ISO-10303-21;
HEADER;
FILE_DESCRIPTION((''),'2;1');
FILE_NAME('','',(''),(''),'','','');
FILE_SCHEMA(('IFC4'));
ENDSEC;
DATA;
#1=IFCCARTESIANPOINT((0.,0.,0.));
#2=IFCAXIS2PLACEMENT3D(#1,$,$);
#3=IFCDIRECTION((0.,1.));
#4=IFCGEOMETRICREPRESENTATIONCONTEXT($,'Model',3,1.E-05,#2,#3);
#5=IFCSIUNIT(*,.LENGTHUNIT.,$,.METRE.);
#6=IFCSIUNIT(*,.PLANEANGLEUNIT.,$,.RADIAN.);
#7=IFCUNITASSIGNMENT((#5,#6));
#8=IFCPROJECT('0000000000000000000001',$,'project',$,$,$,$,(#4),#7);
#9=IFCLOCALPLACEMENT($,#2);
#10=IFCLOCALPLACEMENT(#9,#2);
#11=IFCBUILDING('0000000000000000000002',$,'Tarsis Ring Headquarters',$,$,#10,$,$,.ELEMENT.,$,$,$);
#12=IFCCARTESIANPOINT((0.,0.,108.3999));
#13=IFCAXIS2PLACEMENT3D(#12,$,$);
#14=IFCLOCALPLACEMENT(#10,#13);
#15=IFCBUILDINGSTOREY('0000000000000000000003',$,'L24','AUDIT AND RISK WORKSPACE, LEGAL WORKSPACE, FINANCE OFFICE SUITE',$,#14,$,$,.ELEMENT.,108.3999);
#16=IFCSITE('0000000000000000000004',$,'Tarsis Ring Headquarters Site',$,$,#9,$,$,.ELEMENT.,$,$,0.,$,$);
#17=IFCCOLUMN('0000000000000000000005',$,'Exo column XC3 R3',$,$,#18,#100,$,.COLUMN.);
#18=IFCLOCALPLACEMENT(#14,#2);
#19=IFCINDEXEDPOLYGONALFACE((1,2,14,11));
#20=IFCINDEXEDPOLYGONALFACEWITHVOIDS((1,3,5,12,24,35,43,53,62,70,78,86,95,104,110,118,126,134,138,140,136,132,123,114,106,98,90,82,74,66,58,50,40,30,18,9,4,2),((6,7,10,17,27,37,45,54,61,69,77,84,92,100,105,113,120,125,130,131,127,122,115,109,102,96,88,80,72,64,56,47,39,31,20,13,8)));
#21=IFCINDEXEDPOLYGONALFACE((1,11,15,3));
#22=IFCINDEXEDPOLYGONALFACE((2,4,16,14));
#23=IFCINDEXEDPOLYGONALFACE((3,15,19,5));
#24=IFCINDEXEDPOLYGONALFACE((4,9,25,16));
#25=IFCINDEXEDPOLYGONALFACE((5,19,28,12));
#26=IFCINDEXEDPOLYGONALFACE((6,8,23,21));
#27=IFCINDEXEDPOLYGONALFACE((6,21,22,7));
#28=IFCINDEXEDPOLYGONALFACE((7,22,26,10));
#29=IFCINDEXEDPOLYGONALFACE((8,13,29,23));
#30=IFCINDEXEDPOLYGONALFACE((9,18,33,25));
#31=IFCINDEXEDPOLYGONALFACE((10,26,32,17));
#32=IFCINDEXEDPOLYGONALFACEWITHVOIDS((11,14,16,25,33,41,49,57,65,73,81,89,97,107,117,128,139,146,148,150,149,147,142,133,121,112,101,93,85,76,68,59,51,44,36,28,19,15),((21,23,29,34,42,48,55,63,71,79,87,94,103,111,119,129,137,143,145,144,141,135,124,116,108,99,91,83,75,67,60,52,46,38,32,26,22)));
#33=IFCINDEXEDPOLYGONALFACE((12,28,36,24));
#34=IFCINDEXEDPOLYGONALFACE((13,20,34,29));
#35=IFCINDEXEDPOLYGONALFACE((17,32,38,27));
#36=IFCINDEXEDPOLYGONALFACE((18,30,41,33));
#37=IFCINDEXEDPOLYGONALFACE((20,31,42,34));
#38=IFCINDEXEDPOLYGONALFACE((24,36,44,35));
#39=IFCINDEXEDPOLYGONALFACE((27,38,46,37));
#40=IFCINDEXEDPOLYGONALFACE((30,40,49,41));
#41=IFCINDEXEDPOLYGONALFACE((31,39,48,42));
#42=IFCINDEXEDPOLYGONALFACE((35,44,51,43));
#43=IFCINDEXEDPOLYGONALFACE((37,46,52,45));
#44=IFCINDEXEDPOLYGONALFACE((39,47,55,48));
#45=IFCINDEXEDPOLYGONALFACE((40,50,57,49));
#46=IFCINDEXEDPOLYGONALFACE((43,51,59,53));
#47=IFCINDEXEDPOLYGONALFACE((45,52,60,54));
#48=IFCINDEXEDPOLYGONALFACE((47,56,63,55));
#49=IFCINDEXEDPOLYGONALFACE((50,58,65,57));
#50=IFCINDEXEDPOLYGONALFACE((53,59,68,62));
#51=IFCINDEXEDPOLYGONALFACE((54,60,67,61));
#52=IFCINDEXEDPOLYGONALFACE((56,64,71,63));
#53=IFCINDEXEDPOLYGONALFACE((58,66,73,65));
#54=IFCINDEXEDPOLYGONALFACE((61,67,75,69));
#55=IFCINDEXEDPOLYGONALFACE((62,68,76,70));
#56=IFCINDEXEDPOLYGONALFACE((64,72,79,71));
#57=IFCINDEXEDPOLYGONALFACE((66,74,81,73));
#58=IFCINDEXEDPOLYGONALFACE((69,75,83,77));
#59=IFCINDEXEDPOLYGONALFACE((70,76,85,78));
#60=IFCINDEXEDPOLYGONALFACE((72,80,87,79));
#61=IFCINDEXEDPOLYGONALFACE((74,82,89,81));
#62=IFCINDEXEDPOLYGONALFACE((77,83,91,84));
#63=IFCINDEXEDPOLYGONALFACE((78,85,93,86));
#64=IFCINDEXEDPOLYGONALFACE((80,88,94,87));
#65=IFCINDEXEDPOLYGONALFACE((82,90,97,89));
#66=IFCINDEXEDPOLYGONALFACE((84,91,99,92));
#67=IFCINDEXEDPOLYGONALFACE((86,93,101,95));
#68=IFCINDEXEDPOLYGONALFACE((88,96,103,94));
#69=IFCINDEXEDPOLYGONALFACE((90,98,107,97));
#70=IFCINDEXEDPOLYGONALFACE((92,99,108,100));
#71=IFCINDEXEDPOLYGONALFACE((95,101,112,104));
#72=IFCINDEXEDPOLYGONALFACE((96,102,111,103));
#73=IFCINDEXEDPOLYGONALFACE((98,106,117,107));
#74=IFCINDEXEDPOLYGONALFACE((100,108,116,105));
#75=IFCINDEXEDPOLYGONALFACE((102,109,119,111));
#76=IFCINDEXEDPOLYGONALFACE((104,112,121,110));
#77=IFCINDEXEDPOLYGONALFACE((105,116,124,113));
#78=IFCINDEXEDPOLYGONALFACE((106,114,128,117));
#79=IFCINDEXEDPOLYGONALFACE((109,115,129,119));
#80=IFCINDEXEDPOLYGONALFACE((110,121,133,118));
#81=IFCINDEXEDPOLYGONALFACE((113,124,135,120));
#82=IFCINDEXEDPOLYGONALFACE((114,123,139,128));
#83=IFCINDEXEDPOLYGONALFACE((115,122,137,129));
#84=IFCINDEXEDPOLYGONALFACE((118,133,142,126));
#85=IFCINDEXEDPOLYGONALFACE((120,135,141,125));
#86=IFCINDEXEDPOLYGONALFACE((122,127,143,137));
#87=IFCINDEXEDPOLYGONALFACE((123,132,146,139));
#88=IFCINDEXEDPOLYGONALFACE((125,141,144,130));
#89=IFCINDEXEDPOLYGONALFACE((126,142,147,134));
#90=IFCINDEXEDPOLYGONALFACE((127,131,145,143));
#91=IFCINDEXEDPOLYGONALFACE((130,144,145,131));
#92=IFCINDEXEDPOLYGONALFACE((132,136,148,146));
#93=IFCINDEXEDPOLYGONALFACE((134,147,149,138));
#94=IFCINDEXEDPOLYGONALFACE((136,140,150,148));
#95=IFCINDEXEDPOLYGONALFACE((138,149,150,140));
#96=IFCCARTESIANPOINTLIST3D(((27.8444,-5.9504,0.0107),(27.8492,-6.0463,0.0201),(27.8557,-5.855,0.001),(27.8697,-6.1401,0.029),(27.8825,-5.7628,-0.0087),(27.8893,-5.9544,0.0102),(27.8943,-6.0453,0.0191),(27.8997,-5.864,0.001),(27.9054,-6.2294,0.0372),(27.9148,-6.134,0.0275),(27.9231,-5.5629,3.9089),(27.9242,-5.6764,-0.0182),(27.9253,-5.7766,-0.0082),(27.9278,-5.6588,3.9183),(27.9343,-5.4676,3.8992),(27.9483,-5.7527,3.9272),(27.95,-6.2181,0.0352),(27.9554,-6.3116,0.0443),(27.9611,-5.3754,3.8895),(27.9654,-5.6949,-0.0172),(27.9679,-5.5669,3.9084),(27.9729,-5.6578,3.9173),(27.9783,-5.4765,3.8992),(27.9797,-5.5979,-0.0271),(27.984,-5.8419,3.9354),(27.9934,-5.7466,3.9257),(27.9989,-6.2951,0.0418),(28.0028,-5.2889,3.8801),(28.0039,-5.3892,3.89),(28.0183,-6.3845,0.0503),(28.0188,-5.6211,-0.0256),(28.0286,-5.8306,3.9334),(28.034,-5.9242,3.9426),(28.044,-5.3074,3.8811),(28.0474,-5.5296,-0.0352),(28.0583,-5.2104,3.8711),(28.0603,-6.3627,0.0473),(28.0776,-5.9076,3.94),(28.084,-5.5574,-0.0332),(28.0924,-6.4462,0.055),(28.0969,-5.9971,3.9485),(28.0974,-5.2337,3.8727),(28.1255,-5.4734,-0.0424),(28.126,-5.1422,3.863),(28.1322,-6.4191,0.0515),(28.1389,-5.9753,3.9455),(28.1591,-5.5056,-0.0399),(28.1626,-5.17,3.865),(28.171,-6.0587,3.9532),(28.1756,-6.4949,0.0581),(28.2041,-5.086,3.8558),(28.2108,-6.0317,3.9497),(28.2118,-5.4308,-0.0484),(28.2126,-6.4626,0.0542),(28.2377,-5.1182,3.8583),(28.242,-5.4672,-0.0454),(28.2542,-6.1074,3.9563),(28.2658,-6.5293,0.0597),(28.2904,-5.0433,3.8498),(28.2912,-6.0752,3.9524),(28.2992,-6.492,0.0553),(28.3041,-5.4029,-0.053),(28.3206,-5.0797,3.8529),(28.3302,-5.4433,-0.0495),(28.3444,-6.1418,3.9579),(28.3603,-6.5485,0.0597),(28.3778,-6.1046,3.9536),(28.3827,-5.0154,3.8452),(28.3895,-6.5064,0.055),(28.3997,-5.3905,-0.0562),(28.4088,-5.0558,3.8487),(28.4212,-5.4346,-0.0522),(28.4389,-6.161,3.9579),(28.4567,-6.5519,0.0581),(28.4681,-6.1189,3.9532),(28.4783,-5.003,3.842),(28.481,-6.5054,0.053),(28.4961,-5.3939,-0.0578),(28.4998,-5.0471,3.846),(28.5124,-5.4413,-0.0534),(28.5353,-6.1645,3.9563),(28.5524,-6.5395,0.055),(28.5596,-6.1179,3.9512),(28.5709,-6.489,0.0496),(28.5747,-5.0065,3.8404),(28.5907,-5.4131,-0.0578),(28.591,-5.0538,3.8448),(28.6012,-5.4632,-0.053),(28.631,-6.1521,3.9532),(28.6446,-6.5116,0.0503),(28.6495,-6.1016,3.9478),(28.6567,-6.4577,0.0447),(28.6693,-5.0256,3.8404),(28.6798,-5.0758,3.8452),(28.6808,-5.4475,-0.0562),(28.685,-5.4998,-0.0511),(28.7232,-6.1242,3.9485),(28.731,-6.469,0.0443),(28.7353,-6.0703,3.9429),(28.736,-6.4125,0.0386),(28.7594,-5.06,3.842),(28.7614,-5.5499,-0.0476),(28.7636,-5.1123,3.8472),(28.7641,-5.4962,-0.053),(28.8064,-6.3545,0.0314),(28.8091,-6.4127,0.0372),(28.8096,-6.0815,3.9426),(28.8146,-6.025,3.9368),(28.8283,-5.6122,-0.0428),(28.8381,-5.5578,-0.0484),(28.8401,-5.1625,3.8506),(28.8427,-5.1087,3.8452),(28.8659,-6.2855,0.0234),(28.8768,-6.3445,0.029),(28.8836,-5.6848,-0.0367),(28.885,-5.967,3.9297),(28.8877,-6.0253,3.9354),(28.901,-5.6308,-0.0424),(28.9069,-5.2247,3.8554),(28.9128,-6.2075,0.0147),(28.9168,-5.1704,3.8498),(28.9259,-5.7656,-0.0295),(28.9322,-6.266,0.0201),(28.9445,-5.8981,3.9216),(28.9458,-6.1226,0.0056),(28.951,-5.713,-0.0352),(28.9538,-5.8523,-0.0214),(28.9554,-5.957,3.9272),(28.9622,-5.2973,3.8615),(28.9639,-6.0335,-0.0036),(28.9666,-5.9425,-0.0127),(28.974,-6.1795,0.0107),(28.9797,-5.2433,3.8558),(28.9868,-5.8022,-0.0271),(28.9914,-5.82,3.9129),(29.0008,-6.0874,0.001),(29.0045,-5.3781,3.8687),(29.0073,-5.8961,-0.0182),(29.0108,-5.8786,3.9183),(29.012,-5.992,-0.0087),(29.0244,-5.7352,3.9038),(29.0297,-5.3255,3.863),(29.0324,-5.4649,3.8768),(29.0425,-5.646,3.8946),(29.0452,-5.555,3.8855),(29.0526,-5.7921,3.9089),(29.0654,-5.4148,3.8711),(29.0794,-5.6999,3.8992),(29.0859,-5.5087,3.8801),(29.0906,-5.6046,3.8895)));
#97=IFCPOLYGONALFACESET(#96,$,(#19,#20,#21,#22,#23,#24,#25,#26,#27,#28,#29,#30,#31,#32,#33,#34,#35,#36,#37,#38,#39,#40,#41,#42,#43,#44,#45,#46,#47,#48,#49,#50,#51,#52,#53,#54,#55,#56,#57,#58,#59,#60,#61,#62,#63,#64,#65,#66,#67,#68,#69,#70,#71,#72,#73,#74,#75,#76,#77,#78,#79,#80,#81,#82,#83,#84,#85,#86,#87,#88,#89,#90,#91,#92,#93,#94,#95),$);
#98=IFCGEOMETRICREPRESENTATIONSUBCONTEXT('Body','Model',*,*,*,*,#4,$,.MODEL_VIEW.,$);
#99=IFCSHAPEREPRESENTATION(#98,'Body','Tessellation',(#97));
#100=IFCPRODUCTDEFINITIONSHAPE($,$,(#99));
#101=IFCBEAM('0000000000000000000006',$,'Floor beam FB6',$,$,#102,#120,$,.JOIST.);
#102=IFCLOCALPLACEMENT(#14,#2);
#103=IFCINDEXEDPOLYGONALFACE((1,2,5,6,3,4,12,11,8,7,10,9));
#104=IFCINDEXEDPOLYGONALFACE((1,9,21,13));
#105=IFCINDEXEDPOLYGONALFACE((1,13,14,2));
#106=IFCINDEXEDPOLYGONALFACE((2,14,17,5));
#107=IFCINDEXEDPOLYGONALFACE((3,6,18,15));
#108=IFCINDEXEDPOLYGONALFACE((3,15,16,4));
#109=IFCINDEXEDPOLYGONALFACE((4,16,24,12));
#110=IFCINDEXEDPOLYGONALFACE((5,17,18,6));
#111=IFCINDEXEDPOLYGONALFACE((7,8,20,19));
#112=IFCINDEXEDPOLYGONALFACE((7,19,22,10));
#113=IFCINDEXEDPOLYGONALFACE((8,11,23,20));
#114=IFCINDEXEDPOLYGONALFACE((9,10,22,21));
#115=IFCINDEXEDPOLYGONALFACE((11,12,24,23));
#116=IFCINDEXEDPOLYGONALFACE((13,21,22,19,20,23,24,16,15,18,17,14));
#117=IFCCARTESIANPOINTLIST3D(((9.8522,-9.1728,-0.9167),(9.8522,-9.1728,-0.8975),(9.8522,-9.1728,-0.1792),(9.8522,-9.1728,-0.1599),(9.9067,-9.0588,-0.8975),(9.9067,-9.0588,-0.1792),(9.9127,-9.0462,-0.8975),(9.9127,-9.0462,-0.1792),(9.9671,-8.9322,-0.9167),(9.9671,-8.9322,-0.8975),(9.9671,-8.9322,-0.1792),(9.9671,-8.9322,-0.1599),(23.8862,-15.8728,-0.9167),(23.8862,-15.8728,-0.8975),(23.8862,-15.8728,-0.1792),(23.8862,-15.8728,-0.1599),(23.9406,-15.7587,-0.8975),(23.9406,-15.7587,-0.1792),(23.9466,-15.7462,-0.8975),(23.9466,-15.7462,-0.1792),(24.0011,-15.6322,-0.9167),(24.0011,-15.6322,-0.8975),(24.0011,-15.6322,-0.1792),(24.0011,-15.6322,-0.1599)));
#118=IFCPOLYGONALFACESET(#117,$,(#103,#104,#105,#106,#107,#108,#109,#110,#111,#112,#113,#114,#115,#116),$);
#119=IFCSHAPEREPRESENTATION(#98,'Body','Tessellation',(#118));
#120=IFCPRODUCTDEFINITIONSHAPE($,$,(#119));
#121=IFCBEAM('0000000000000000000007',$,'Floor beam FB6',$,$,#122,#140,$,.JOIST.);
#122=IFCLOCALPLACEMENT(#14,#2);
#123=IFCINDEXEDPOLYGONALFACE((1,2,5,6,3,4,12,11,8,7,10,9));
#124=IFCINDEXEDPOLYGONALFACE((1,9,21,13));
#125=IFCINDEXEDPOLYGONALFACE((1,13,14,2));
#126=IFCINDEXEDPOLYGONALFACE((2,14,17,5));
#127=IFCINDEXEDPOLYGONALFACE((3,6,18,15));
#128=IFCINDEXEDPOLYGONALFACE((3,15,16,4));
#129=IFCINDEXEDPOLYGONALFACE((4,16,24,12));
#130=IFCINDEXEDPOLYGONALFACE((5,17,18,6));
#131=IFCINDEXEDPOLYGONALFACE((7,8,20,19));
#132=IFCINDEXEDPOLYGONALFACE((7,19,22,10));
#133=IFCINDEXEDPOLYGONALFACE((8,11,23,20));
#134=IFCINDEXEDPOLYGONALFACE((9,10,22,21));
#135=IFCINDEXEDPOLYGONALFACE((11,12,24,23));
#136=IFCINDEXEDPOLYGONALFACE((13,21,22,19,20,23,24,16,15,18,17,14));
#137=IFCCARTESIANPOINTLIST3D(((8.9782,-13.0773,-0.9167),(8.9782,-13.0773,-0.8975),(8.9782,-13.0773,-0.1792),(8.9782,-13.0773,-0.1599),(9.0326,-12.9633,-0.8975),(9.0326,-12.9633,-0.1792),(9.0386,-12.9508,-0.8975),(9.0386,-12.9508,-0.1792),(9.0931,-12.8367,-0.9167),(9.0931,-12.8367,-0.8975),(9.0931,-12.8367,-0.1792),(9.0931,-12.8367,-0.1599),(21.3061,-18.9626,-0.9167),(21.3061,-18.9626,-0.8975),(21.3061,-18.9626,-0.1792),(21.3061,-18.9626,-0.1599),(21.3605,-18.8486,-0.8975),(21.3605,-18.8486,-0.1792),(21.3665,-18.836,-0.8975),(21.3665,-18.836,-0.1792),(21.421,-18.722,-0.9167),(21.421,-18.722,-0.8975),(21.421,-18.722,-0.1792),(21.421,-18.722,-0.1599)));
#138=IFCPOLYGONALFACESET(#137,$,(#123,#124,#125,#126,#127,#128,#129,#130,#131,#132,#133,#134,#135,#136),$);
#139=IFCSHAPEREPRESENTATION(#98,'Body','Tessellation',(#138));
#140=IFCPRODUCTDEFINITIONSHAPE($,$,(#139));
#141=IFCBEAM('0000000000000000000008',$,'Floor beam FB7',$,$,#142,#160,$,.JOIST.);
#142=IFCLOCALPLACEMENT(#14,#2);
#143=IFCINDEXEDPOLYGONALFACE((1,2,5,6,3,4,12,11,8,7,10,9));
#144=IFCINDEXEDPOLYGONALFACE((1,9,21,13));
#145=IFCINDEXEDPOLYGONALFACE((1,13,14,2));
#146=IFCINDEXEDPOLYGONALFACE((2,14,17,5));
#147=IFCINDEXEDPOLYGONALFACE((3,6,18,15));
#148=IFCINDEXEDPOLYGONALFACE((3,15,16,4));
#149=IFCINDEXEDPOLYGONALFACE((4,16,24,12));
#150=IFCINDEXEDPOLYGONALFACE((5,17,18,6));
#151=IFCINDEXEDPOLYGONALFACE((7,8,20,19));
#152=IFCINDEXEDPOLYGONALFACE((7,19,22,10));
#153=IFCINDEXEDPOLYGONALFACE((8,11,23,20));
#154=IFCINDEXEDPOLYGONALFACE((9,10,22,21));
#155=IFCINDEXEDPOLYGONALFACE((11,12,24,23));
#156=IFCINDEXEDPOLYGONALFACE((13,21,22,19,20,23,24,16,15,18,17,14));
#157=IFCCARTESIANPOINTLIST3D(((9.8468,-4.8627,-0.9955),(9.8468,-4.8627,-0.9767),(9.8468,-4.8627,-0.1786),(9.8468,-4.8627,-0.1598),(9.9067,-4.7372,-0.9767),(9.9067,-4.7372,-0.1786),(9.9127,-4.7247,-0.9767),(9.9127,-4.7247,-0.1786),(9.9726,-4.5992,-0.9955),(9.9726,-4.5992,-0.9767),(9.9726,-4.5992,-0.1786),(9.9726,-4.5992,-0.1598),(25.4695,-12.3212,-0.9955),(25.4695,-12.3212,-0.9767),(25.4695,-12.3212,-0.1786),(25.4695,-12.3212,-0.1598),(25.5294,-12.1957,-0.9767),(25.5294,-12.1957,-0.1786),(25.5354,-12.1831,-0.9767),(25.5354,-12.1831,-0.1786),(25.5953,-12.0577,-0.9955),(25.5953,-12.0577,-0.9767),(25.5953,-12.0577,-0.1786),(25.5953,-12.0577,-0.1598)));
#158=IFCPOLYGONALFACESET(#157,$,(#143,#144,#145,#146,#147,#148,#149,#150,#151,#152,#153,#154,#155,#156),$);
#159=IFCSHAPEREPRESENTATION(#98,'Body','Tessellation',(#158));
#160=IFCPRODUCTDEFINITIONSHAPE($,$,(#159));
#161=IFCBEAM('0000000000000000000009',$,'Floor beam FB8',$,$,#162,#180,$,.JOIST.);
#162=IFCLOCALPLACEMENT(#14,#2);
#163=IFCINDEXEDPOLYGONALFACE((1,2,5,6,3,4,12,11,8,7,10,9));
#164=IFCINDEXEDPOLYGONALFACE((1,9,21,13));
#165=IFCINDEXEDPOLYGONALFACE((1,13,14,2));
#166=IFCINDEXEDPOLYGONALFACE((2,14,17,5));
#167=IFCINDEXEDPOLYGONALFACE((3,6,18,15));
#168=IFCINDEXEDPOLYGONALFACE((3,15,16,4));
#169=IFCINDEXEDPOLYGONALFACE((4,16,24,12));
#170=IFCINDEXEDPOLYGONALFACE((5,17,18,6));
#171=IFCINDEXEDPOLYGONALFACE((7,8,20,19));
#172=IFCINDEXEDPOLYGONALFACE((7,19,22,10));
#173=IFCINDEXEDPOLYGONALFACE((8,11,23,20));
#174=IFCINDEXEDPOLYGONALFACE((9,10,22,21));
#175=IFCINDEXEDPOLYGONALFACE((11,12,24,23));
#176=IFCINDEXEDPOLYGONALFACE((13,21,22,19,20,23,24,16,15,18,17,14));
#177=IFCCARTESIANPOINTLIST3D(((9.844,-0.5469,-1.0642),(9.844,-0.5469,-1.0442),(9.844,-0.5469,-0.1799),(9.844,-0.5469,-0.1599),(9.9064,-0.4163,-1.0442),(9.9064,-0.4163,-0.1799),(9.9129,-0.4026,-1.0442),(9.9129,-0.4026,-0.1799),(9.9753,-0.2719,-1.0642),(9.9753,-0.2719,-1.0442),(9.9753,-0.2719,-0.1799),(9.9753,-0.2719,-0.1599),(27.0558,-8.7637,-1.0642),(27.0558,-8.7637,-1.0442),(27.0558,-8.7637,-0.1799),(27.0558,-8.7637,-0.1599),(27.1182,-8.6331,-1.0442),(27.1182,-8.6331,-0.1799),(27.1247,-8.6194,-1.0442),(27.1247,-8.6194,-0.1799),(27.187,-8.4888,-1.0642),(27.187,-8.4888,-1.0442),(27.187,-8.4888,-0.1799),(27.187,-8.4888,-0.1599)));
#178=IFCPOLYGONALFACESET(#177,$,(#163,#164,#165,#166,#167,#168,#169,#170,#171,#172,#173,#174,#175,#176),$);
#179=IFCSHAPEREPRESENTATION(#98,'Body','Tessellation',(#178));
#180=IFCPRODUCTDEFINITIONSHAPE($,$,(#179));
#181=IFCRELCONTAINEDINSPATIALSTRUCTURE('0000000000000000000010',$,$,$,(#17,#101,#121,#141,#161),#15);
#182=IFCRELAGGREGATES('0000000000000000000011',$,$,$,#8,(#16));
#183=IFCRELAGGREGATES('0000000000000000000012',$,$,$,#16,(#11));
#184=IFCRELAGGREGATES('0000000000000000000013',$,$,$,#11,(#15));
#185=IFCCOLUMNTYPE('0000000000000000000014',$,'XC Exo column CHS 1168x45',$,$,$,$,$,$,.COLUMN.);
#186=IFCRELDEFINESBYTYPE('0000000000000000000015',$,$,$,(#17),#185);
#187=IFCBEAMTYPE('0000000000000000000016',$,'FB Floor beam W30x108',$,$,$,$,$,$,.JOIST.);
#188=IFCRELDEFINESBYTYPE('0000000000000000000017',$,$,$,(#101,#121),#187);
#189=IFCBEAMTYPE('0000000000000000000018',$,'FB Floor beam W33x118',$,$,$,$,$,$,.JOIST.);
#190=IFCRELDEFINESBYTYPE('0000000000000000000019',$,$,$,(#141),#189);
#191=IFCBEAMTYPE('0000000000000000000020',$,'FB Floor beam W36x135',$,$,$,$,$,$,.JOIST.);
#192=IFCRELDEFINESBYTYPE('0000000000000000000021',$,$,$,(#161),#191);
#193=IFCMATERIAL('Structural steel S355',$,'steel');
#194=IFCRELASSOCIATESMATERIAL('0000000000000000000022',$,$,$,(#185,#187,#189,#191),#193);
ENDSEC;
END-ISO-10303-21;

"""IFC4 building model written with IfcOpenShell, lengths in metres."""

from ifc_helpers import new_model, si_unit, direction, frame, origin, origin_2d, place, context, subcontext, project, spatial, hollow_circle, i_section, extrude, material, material_profile, profile_set, type_object, element, save


model = new_model("IFC4")

# Units and contexts
model_context = context("Model", 3, precision=1e-05, world=origin(), true_north=direction((0.0, 1.0)))
body_context = subcontext(model_context, "Body", "Model", "MODEL_VIEW")
ifc_project = project(units=[si_unit("LENGTHUNIT", "METRE"), si_unit("PLANEANGLEUNIT", "RADIAN")], contexts=[model_context])

# Site, building, storey
site_placement = place(None, origin())
site = spatial("IfcSite", under=ifc_project, at=site_placement, Name="Tarsis Ring Headquarters Site", CompositionType="ELEMENT", RefElevation=0.0)
building_placement = place(site_placement, origin())
building = spatial("IfcBuilding", under=site, at=building_placement, Name="Tarsis Ring Headquarters", CompositionType="ELEMENT")
storey_placement = place(building_placement, frame((0.0, 0.0, 108.3999)))
storey = spatial("IfcBuildingStorey", under=building, at=storey_placement, Name="L24", Description="AUDIT AND RISK WORKSPACE, LEGAL WORKSPACE, FINANCE OFFICE SUITE", CompositionType="ELEMENT", Elevation=108.3999)

# Column
ifc_material_1 = material(Name="Structural steel S355", Category="steel")
ifc_material_profile_1 = material_profile(ifc_material_1, hollow_circle(Radius=0.5842, WallThickness=0.0449, at=origin_2d()), Name="CHS 1168x45")
ifc_profile_set_1 = profile_set([ifc_material_profile_1], Name="Structural steel S355")
column_type = type_object("IfcColumnType", Name="XC Exo column CHS 1168x45", PredefinedType="COLUMN", material=ifc_profile_set_1)
column_placement = place(storey_placement, frame((28.4282, -5.9712, 0.001), z_axis=(0.020064, 0.098885, 0.994897), x_axis=(-0.980031, 0.198847, 0.0)))
element("IfcColumn", 1, at=column_placement, inside=storey, type_object=column_type, Name="Exo column XC3 R3", PredefinedType="COLUMN", context=body_context, shape_type="SweptSolid", body=[
    extrude(hollow_circle(Radius=0.5842, WallThickness=0.0449, at=origin_2d()), origin(), (0.0, 0.0, 1.0), 3.9182),
])

# Beams
ifc_material_profile_2 = material_profile(ifc_material_1, i_section(OverallWidth=0.2666, OverallDepth=0.7568, WebThickness=0.0139, FlangeThickness=0.0193, at=origin_2d()), Name="W30x108")
ifc_profile_set_2 = profile_set([ifc_material_profile_2], Name="Structural steel S355")
beam_type_1 = type_object("IfcBeamType", Name="FB Floor beam W30x108", PredefinedType="JOIST", material=ifc_profile_set_2)
beam_1_placement = place(storey_placement, frame((9.9097, -9.0525, -0.5383), z_axis=(0.902433, -0.430831, 0.0), x_axis=(0.430831, 0.902433, 0.0)))
element("IfcBeam", 2, at=beam_1_placement, inside=storey, type_object=beam_type_1, Name="Floor beam FB6", PredefinedType="JOIST", context=body_context, shape_type="SweptSolid", body=[
    extrude(i_section(OverallWidth=0.2666, OverallDepth=0.7568, WebThickness=0.0139, FlangeThickness=0.0193, at=origin_2d()), origin(), (0.0, 0.0, 1.0), 15.5513),
])
beam_2_placement = place(storey_placement, frame((9.0356, -12.957, -0.5383), z_axis=(0.902439, -0.430819, 0.0), x_axis=(0.430819, 0.902439, 0.0)))
element("IfcBeam", 3, at=beam_2_placement, inside=storey, type_object=beam_type_1, Name="Floor beam FB6", PredefinedType="JOIST", context=body_context, shape_type="SweptSolid", body=[
    extrude(i_section(OverallWidth=0.2666, OverallDepth=0.7568, WebThickness=0.0139, FlangeThickness=0.0193, at=origin_2d()), origin(), (0.0, 0.0, 1.0), 13.6606),
])
ifc_material_profile_3 = material_profile(ifc_material_1, i_section(OverallWidth=0.292, OverallDepth=0.8357, WebThickness=0.0139, FlangeThickness=0.0188, at=origin_2d()), Name="W33x118")
ifc_profile_set_3 = profile_set([ifc_material_profile_3], Name="Structural steel S355")
beam_type_2 = type_object("IfcBeamType", Name="FB Floor beam W33x118", PredefinedType="JOIST", material=ifc_profile_set_3)
beam_3_placement = place(storey_placement, frame((9.9097, -4.731, -0.5776), z_axis=(0.902433, -0.430831, 0.0), x_axis=(0.430831, 0.902433, 0.0)))
element("IfcBeam", 4, at=beam_3_placement, inside=storey, type_object=beam_type_2, Name="Floor beam FB7", PredefinedType="JOIST", context=body_context, shape_type="SweptSolid", body=[
    extrude(i_section(OverallWidth=0.292, OverallDepth=0.8357, WebThickness=0.0139, FlangeThickness=0.0188, at=origin_2d()), origin(), (0.0, 0.0, 1.0), 17.3118),
])
ifc_material_profile_4 = material_profile(ifc_material_1, i_section(OverallWidth=0.3047, OverallDepth=0.9043, WebThickness=0.0151, FlangeThickness=0.02, at=origin_2d()), Name="W36x135")
ifc_profile_set_4 = profile_set([ifc_material_profile_4], Name="Structural steel S355")
beam_type_3 = type_object("IfcBeamType", Name="FB Floor beam W36x135", PredefinedType="JOIST", material=ifc_profile_set_4)
beam_4_placement = place(storey_placement, frame((9.9097, -0.4094, -0.6121), z_axis=(0.902437, -0.430821, 0.0), x_axis=(0.430821, 0.902437, 0.0)))
element("IfcBeam", 5, at=beam_4_placement, inside=storey, type_object=beam_type_3, Name="Floor beam FB8", PredefinedType="JOIST", context=body_context, shape_type="SweptSolid", body=[
    extrude(i_section(OverallWidth=0.3047, OverallDepth=0.9043, WebThickness=0.0151, FlangeThickness=0.02, at=origin_2d()), origin(), (0.0, 0.0, 1.0), 19.0725),
])

save(model, "model.ifc")
